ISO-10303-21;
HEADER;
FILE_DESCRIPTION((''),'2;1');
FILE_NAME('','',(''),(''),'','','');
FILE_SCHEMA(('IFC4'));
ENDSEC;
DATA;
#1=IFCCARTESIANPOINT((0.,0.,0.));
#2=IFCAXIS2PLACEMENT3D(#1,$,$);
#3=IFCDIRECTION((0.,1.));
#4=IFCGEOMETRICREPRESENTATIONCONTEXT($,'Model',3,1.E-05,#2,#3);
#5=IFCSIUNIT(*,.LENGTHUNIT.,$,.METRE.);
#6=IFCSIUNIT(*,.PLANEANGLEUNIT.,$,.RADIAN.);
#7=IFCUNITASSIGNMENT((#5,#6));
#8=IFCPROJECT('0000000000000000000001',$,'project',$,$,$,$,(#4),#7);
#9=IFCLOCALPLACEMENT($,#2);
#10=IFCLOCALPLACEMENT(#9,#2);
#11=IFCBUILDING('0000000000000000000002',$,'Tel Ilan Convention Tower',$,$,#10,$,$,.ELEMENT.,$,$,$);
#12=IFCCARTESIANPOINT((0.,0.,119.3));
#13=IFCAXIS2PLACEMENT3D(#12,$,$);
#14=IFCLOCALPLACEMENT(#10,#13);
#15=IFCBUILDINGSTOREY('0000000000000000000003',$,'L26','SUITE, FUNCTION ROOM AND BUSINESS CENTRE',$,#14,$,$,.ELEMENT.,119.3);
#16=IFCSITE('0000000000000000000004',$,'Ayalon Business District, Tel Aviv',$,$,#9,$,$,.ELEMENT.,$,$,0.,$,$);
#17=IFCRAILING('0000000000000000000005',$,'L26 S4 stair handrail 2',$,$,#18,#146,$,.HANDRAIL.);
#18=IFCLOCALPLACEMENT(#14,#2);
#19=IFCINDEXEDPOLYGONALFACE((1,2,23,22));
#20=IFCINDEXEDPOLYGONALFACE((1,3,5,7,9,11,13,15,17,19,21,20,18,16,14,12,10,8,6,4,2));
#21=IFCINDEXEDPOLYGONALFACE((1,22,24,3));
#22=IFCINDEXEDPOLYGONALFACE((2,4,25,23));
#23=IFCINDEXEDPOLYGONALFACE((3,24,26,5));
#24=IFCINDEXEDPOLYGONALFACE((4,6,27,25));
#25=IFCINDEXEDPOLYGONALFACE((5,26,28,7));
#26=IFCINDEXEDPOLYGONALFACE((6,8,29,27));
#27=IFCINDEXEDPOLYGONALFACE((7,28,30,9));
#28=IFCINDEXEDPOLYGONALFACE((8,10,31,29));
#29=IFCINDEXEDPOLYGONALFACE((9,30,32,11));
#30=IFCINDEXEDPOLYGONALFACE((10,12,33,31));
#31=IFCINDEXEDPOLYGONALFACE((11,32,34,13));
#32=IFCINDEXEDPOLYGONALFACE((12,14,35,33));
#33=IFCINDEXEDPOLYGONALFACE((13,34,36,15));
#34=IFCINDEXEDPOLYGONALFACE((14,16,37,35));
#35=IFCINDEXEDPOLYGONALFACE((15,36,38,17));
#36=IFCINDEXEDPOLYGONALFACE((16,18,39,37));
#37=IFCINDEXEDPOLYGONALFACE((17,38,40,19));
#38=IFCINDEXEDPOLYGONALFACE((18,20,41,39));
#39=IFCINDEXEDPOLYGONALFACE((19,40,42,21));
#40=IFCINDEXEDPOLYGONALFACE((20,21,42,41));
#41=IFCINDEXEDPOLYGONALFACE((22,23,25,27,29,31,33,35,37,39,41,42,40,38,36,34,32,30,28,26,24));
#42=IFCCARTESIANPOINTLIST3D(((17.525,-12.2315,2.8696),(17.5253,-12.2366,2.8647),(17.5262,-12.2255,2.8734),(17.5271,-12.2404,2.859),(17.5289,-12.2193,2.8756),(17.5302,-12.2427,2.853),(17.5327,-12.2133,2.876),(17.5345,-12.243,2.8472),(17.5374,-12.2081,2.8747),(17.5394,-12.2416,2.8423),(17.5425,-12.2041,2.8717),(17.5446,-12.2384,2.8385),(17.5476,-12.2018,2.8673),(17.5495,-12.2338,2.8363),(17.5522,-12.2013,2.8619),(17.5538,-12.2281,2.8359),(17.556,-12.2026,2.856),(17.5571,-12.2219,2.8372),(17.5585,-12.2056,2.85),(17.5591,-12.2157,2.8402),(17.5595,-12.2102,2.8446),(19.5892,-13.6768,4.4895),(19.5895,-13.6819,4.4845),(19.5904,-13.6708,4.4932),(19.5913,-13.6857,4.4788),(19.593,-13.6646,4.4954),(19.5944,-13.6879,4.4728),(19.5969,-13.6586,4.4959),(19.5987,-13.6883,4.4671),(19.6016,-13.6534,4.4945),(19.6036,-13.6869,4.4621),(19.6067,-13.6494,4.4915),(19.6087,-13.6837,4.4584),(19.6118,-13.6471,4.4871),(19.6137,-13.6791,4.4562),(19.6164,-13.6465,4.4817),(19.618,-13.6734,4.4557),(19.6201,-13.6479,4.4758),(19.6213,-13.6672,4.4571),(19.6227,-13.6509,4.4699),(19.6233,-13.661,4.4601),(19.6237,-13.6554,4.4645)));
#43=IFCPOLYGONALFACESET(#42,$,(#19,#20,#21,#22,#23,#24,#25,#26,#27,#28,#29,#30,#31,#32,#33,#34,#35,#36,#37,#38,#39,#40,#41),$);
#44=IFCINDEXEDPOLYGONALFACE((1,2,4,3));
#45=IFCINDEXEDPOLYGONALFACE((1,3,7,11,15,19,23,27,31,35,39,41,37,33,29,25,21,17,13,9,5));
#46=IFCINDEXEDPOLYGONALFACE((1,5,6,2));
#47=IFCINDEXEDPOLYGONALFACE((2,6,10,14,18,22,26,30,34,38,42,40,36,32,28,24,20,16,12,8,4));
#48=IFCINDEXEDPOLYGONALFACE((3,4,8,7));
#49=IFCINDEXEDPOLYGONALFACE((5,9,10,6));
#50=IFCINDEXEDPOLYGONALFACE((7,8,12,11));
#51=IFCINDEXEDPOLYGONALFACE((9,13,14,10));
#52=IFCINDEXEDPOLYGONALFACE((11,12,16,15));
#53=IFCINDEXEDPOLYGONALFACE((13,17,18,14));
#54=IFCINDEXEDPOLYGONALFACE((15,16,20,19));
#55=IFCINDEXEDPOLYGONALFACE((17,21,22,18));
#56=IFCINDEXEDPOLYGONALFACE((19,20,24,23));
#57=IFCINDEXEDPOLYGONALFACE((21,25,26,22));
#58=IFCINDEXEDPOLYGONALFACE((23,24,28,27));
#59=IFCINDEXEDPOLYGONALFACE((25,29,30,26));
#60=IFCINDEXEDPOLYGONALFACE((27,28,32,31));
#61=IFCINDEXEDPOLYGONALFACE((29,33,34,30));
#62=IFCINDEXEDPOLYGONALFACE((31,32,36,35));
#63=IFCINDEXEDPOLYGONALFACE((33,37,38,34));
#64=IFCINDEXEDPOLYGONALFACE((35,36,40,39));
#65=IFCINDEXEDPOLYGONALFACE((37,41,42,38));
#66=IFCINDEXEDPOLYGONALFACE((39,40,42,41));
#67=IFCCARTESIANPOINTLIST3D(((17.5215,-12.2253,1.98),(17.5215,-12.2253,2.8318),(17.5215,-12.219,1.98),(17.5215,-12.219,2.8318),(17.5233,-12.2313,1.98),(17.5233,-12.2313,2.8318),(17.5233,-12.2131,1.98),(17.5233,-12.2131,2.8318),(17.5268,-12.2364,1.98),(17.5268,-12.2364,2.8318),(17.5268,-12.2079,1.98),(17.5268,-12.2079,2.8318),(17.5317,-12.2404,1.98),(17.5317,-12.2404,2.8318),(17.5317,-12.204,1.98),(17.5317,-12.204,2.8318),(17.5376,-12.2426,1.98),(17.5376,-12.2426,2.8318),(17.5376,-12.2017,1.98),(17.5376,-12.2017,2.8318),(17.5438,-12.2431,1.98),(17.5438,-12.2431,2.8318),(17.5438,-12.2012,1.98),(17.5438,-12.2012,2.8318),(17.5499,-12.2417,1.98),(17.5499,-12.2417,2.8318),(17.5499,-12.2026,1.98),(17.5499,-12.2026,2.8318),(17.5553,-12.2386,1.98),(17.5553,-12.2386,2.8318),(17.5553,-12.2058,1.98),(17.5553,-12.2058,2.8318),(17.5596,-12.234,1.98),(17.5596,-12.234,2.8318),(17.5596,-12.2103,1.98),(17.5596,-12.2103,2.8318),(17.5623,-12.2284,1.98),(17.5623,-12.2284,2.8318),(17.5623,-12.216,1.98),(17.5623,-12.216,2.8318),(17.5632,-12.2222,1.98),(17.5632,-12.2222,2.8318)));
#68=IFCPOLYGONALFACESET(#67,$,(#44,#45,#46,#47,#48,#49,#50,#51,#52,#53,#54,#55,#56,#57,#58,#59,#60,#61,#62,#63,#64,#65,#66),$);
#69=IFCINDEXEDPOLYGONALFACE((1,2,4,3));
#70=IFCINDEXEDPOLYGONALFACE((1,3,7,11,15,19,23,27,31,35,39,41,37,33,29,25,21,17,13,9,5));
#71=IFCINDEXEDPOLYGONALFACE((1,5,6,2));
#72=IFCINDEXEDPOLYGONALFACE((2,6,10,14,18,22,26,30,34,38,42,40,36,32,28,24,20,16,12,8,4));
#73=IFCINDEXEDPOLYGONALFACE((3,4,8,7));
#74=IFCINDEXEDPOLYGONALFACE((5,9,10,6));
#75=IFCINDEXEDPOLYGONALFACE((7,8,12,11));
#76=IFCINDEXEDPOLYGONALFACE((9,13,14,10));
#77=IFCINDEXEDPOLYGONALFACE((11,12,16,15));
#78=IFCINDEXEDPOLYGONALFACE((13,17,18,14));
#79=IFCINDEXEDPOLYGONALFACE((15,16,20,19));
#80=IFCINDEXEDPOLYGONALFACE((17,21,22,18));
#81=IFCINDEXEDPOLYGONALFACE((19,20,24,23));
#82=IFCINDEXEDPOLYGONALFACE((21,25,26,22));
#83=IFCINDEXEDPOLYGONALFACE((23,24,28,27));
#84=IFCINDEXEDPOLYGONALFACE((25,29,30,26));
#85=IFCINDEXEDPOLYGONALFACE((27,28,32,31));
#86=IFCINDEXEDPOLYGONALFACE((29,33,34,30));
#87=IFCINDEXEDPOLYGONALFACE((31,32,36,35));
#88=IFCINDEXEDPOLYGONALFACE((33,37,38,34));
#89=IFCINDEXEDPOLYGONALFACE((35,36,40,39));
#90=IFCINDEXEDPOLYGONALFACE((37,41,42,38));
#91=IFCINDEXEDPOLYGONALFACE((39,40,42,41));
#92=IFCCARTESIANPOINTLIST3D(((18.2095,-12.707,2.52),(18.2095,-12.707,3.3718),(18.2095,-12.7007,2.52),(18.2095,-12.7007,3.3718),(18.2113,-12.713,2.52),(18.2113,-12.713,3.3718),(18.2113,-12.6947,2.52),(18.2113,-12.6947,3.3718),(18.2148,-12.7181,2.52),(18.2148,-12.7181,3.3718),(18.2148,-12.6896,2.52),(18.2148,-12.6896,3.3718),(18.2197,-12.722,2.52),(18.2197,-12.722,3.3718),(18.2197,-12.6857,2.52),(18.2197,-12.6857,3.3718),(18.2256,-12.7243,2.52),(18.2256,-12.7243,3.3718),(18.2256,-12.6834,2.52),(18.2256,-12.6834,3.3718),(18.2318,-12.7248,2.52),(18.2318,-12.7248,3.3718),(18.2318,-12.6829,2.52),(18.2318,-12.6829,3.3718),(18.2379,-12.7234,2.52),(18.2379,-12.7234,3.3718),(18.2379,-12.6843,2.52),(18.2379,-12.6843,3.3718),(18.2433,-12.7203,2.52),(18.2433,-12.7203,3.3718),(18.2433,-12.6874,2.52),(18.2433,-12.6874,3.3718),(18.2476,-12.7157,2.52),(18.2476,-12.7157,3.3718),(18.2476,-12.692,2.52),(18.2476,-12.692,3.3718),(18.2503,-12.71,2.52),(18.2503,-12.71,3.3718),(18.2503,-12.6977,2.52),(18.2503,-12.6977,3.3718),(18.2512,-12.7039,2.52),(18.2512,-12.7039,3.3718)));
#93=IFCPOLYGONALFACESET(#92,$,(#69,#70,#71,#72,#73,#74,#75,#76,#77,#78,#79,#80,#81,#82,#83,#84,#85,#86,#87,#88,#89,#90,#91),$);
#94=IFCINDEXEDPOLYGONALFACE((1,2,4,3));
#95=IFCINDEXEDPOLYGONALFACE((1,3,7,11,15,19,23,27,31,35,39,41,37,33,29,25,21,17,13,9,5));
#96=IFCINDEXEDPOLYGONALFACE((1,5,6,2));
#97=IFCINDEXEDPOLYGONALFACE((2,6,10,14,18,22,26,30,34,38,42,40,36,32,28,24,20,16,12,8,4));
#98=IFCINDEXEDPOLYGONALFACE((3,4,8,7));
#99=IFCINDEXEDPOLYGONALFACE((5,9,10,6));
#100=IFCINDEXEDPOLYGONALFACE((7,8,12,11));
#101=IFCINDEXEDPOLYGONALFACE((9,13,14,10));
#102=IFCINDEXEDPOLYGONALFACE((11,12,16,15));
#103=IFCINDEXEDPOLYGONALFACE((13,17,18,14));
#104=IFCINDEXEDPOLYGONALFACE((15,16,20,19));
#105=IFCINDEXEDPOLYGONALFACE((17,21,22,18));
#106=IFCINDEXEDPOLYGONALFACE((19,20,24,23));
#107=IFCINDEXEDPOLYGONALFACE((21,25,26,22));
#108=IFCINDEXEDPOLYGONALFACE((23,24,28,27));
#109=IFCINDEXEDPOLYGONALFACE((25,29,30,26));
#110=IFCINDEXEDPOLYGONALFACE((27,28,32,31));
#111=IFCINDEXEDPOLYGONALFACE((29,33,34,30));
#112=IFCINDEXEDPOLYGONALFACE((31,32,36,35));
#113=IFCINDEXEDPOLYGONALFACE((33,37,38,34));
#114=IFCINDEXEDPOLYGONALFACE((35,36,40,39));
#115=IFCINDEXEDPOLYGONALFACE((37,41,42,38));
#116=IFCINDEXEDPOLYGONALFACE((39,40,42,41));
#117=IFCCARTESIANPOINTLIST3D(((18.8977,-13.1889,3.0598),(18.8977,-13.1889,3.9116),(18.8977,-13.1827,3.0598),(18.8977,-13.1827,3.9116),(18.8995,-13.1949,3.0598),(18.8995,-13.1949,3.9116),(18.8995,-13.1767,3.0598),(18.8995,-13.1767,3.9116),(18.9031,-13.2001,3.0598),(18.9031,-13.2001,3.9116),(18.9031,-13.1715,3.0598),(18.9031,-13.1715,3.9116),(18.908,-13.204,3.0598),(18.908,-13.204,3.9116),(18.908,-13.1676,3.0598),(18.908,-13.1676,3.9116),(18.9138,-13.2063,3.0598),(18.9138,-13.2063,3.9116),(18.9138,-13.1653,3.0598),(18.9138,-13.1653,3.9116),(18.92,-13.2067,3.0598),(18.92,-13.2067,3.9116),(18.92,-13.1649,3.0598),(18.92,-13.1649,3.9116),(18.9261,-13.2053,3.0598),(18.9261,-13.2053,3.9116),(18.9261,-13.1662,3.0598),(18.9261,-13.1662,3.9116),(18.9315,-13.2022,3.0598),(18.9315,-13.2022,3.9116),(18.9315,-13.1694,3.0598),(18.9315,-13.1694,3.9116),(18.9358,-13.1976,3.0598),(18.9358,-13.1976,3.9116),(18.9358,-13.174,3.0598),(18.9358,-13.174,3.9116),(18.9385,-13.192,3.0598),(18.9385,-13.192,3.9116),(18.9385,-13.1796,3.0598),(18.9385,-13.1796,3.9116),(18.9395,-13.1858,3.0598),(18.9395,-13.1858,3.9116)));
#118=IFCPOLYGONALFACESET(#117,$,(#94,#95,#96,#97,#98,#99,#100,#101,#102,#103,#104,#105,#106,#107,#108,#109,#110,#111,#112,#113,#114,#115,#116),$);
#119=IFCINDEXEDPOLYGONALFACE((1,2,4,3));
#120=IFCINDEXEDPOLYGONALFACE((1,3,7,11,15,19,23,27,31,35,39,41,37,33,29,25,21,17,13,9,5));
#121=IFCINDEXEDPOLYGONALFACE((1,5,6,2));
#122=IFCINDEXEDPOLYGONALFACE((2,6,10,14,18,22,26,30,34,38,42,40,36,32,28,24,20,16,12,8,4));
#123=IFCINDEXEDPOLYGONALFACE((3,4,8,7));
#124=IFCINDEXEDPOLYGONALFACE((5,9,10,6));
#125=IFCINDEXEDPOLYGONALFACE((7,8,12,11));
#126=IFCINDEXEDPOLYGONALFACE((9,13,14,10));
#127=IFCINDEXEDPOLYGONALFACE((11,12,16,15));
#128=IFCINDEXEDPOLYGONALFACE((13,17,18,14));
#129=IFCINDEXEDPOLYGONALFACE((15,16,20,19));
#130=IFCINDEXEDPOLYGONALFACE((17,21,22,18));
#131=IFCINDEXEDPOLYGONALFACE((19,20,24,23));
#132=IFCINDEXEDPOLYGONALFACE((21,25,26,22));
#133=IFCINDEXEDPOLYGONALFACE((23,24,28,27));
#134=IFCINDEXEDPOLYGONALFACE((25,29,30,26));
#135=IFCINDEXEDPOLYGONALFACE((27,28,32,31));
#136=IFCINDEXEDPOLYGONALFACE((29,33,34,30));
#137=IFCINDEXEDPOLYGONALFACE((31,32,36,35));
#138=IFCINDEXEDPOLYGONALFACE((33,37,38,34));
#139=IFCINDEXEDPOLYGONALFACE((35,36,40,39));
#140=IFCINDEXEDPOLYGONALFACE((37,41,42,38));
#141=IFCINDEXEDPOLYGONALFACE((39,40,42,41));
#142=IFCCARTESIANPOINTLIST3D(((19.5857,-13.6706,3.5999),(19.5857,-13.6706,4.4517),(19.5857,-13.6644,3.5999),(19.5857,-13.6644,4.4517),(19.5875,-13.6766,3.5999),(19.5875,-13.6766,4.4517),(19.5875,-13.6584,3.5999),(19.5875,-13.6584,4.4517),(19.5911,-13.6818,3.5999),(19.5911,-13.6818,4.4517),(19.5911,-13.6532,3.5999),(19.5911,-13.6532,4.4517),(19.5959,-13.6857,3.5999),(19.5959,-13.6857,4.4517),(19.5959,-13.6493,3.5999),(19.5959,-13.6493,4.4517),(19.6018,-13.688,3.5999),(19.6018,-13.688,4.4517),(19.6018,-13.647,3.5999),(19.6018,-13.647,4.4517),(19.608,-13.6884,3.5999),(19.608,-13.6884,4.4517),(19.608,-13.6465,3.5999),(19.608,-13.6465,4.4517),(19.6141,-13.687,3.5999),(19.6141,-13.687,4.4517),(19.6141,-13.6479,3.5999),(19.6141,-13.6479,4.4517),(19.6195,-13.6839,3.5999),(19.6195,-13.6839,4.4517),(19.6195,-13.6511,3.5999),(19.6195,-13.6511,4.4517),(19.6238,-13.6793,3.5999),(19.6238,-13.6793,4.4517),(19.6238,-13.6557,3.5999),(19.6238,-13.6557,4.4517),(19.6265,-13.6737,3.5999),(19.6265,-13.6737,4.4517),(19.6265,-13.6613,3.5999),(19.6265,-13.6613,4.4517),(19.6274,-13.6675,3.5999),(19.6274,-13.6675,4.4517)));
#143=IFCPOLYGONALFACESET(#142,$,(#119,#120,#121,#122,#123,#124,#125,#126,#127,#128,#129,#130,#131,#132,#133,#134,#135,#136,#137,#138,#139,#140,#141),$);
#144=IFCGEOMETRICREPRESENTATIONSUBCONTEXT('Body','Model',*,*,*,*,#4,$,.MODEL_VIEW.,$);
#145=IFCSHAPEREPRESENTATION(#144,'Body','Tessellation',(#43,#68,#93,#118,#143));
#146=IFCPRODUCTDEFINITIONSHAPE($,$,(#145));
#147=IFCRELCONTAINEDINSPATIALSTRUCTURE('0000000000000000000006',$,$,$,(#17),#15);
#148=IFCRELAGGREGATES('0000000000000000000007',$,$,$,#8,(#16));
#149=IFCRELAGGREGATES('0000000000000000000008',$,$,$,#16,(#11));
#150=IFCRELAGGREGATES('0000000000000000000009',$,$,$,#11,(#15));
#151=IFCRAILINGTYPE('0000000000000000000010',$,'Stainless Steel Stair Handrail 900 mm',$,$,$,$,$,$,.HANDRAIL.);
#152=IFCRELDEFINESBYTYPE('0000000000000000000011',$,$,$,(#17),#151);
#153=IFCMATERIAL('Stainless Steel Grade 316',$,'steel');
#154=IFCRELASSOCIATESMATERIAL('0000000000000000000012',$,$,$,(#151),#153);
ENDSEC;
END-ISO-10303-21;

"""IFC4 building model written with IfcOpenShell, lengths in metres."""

from ifc_helpers import new_model, si_unit, direction, frame, origin, origin_2d, place, context, subcontext, project, spatial, circle, extrude, material, type_object, element, save


model = new_model("IFC4")

# Units and contexts
model_context = context("Model", 3, precision=1e-05, world=origin(), true_north=direction((0.0, 1.0)))
body_context = subcontext(model_context, "Body", "Model", "MODEL_VIEW")
ifc_project = project(units=[si_unit("LENGTHUNIT", "METRE"), si_unit("PLANEANGLEUNIT", "RADIAN")], contexts=[model_context])

# Site, building, storey
site_placement = place(None, origin())
site = spatial("IfcSite", under=ifc_project, at=site_placement, Name="Ayalon Business District, Tel Aviv", CompositionType="ELEMENT", RefElevation=0.0)
building_placement = place(site_placement, origin())
building = spatial("IfcBuilding", under=site, at=building_placement, Name="Tel Ilan Convention Tower", CompositionType="ELEMENT")
storey_placement = place(building_placement, frame((0.0, 0.0, 119.3)))
storey = spatial("IfcBuildingStorey", under=building, at=storey_placement, Name="L26", Description="SUITE, FUNCTION ROOM AND BUSINESS CENTRE", CompositionType="ELEMENT", Elevation=119.3)

# Railing
ifc_material_1 = material(Name="Stainless Steel Grade 316", Category="steel")
railing_type_1 = type_object("IfcRailingType", Name="Stainless Steel Stair Handrail 900 mm", PredefinedType="HANDRAIL", material=ifc_material_1)
railing_1_placement = place(storey_placement, frame((17.5422, -12.2222, 1.98)))
element("IfcRailing", 1, at=railing_1_placement, inside=storey, type_object=railing_type_1, Name="L26 S4 stair handrail 2", PredefinedType="HANDRAIL", context=body_context, shape_type="SweptSolid", body=[
    extrude(circle(Radius=0.0239, at=origin_2d()), frame((0.0, 0.0, 0.876), z_axis=(0.68907, -0.482472, 0.540743), x_axis=(0.57356, 0.819164, 0.0)), (0.0, 0.0, 1.0), 2.9956),
    extrude(circle(Radius=0.021, at=origin_2d()), origin(), (0.0, 0.0, 1.0), 0.8518),
    extrude(circle(Radius=0.021, at=origin_2d()), frame((0.688, -0.4817, 0.54)), (0.0, 0.0, 1.0), 0.8518),
    extrude(circle(Radius=0.021, at=origin_2d()), frame((1.3762, -0.9636, 1.0798)), (0.0, 0.0, 1.0), 0.8518),
    extrude(circle(Radius=0.021, at=origin_2d()), frame((2.0642, -1.4453, 1.6199)), (0.0, 0.0, 1.0), 0.8518),
])

save(model, "model.ifc")
